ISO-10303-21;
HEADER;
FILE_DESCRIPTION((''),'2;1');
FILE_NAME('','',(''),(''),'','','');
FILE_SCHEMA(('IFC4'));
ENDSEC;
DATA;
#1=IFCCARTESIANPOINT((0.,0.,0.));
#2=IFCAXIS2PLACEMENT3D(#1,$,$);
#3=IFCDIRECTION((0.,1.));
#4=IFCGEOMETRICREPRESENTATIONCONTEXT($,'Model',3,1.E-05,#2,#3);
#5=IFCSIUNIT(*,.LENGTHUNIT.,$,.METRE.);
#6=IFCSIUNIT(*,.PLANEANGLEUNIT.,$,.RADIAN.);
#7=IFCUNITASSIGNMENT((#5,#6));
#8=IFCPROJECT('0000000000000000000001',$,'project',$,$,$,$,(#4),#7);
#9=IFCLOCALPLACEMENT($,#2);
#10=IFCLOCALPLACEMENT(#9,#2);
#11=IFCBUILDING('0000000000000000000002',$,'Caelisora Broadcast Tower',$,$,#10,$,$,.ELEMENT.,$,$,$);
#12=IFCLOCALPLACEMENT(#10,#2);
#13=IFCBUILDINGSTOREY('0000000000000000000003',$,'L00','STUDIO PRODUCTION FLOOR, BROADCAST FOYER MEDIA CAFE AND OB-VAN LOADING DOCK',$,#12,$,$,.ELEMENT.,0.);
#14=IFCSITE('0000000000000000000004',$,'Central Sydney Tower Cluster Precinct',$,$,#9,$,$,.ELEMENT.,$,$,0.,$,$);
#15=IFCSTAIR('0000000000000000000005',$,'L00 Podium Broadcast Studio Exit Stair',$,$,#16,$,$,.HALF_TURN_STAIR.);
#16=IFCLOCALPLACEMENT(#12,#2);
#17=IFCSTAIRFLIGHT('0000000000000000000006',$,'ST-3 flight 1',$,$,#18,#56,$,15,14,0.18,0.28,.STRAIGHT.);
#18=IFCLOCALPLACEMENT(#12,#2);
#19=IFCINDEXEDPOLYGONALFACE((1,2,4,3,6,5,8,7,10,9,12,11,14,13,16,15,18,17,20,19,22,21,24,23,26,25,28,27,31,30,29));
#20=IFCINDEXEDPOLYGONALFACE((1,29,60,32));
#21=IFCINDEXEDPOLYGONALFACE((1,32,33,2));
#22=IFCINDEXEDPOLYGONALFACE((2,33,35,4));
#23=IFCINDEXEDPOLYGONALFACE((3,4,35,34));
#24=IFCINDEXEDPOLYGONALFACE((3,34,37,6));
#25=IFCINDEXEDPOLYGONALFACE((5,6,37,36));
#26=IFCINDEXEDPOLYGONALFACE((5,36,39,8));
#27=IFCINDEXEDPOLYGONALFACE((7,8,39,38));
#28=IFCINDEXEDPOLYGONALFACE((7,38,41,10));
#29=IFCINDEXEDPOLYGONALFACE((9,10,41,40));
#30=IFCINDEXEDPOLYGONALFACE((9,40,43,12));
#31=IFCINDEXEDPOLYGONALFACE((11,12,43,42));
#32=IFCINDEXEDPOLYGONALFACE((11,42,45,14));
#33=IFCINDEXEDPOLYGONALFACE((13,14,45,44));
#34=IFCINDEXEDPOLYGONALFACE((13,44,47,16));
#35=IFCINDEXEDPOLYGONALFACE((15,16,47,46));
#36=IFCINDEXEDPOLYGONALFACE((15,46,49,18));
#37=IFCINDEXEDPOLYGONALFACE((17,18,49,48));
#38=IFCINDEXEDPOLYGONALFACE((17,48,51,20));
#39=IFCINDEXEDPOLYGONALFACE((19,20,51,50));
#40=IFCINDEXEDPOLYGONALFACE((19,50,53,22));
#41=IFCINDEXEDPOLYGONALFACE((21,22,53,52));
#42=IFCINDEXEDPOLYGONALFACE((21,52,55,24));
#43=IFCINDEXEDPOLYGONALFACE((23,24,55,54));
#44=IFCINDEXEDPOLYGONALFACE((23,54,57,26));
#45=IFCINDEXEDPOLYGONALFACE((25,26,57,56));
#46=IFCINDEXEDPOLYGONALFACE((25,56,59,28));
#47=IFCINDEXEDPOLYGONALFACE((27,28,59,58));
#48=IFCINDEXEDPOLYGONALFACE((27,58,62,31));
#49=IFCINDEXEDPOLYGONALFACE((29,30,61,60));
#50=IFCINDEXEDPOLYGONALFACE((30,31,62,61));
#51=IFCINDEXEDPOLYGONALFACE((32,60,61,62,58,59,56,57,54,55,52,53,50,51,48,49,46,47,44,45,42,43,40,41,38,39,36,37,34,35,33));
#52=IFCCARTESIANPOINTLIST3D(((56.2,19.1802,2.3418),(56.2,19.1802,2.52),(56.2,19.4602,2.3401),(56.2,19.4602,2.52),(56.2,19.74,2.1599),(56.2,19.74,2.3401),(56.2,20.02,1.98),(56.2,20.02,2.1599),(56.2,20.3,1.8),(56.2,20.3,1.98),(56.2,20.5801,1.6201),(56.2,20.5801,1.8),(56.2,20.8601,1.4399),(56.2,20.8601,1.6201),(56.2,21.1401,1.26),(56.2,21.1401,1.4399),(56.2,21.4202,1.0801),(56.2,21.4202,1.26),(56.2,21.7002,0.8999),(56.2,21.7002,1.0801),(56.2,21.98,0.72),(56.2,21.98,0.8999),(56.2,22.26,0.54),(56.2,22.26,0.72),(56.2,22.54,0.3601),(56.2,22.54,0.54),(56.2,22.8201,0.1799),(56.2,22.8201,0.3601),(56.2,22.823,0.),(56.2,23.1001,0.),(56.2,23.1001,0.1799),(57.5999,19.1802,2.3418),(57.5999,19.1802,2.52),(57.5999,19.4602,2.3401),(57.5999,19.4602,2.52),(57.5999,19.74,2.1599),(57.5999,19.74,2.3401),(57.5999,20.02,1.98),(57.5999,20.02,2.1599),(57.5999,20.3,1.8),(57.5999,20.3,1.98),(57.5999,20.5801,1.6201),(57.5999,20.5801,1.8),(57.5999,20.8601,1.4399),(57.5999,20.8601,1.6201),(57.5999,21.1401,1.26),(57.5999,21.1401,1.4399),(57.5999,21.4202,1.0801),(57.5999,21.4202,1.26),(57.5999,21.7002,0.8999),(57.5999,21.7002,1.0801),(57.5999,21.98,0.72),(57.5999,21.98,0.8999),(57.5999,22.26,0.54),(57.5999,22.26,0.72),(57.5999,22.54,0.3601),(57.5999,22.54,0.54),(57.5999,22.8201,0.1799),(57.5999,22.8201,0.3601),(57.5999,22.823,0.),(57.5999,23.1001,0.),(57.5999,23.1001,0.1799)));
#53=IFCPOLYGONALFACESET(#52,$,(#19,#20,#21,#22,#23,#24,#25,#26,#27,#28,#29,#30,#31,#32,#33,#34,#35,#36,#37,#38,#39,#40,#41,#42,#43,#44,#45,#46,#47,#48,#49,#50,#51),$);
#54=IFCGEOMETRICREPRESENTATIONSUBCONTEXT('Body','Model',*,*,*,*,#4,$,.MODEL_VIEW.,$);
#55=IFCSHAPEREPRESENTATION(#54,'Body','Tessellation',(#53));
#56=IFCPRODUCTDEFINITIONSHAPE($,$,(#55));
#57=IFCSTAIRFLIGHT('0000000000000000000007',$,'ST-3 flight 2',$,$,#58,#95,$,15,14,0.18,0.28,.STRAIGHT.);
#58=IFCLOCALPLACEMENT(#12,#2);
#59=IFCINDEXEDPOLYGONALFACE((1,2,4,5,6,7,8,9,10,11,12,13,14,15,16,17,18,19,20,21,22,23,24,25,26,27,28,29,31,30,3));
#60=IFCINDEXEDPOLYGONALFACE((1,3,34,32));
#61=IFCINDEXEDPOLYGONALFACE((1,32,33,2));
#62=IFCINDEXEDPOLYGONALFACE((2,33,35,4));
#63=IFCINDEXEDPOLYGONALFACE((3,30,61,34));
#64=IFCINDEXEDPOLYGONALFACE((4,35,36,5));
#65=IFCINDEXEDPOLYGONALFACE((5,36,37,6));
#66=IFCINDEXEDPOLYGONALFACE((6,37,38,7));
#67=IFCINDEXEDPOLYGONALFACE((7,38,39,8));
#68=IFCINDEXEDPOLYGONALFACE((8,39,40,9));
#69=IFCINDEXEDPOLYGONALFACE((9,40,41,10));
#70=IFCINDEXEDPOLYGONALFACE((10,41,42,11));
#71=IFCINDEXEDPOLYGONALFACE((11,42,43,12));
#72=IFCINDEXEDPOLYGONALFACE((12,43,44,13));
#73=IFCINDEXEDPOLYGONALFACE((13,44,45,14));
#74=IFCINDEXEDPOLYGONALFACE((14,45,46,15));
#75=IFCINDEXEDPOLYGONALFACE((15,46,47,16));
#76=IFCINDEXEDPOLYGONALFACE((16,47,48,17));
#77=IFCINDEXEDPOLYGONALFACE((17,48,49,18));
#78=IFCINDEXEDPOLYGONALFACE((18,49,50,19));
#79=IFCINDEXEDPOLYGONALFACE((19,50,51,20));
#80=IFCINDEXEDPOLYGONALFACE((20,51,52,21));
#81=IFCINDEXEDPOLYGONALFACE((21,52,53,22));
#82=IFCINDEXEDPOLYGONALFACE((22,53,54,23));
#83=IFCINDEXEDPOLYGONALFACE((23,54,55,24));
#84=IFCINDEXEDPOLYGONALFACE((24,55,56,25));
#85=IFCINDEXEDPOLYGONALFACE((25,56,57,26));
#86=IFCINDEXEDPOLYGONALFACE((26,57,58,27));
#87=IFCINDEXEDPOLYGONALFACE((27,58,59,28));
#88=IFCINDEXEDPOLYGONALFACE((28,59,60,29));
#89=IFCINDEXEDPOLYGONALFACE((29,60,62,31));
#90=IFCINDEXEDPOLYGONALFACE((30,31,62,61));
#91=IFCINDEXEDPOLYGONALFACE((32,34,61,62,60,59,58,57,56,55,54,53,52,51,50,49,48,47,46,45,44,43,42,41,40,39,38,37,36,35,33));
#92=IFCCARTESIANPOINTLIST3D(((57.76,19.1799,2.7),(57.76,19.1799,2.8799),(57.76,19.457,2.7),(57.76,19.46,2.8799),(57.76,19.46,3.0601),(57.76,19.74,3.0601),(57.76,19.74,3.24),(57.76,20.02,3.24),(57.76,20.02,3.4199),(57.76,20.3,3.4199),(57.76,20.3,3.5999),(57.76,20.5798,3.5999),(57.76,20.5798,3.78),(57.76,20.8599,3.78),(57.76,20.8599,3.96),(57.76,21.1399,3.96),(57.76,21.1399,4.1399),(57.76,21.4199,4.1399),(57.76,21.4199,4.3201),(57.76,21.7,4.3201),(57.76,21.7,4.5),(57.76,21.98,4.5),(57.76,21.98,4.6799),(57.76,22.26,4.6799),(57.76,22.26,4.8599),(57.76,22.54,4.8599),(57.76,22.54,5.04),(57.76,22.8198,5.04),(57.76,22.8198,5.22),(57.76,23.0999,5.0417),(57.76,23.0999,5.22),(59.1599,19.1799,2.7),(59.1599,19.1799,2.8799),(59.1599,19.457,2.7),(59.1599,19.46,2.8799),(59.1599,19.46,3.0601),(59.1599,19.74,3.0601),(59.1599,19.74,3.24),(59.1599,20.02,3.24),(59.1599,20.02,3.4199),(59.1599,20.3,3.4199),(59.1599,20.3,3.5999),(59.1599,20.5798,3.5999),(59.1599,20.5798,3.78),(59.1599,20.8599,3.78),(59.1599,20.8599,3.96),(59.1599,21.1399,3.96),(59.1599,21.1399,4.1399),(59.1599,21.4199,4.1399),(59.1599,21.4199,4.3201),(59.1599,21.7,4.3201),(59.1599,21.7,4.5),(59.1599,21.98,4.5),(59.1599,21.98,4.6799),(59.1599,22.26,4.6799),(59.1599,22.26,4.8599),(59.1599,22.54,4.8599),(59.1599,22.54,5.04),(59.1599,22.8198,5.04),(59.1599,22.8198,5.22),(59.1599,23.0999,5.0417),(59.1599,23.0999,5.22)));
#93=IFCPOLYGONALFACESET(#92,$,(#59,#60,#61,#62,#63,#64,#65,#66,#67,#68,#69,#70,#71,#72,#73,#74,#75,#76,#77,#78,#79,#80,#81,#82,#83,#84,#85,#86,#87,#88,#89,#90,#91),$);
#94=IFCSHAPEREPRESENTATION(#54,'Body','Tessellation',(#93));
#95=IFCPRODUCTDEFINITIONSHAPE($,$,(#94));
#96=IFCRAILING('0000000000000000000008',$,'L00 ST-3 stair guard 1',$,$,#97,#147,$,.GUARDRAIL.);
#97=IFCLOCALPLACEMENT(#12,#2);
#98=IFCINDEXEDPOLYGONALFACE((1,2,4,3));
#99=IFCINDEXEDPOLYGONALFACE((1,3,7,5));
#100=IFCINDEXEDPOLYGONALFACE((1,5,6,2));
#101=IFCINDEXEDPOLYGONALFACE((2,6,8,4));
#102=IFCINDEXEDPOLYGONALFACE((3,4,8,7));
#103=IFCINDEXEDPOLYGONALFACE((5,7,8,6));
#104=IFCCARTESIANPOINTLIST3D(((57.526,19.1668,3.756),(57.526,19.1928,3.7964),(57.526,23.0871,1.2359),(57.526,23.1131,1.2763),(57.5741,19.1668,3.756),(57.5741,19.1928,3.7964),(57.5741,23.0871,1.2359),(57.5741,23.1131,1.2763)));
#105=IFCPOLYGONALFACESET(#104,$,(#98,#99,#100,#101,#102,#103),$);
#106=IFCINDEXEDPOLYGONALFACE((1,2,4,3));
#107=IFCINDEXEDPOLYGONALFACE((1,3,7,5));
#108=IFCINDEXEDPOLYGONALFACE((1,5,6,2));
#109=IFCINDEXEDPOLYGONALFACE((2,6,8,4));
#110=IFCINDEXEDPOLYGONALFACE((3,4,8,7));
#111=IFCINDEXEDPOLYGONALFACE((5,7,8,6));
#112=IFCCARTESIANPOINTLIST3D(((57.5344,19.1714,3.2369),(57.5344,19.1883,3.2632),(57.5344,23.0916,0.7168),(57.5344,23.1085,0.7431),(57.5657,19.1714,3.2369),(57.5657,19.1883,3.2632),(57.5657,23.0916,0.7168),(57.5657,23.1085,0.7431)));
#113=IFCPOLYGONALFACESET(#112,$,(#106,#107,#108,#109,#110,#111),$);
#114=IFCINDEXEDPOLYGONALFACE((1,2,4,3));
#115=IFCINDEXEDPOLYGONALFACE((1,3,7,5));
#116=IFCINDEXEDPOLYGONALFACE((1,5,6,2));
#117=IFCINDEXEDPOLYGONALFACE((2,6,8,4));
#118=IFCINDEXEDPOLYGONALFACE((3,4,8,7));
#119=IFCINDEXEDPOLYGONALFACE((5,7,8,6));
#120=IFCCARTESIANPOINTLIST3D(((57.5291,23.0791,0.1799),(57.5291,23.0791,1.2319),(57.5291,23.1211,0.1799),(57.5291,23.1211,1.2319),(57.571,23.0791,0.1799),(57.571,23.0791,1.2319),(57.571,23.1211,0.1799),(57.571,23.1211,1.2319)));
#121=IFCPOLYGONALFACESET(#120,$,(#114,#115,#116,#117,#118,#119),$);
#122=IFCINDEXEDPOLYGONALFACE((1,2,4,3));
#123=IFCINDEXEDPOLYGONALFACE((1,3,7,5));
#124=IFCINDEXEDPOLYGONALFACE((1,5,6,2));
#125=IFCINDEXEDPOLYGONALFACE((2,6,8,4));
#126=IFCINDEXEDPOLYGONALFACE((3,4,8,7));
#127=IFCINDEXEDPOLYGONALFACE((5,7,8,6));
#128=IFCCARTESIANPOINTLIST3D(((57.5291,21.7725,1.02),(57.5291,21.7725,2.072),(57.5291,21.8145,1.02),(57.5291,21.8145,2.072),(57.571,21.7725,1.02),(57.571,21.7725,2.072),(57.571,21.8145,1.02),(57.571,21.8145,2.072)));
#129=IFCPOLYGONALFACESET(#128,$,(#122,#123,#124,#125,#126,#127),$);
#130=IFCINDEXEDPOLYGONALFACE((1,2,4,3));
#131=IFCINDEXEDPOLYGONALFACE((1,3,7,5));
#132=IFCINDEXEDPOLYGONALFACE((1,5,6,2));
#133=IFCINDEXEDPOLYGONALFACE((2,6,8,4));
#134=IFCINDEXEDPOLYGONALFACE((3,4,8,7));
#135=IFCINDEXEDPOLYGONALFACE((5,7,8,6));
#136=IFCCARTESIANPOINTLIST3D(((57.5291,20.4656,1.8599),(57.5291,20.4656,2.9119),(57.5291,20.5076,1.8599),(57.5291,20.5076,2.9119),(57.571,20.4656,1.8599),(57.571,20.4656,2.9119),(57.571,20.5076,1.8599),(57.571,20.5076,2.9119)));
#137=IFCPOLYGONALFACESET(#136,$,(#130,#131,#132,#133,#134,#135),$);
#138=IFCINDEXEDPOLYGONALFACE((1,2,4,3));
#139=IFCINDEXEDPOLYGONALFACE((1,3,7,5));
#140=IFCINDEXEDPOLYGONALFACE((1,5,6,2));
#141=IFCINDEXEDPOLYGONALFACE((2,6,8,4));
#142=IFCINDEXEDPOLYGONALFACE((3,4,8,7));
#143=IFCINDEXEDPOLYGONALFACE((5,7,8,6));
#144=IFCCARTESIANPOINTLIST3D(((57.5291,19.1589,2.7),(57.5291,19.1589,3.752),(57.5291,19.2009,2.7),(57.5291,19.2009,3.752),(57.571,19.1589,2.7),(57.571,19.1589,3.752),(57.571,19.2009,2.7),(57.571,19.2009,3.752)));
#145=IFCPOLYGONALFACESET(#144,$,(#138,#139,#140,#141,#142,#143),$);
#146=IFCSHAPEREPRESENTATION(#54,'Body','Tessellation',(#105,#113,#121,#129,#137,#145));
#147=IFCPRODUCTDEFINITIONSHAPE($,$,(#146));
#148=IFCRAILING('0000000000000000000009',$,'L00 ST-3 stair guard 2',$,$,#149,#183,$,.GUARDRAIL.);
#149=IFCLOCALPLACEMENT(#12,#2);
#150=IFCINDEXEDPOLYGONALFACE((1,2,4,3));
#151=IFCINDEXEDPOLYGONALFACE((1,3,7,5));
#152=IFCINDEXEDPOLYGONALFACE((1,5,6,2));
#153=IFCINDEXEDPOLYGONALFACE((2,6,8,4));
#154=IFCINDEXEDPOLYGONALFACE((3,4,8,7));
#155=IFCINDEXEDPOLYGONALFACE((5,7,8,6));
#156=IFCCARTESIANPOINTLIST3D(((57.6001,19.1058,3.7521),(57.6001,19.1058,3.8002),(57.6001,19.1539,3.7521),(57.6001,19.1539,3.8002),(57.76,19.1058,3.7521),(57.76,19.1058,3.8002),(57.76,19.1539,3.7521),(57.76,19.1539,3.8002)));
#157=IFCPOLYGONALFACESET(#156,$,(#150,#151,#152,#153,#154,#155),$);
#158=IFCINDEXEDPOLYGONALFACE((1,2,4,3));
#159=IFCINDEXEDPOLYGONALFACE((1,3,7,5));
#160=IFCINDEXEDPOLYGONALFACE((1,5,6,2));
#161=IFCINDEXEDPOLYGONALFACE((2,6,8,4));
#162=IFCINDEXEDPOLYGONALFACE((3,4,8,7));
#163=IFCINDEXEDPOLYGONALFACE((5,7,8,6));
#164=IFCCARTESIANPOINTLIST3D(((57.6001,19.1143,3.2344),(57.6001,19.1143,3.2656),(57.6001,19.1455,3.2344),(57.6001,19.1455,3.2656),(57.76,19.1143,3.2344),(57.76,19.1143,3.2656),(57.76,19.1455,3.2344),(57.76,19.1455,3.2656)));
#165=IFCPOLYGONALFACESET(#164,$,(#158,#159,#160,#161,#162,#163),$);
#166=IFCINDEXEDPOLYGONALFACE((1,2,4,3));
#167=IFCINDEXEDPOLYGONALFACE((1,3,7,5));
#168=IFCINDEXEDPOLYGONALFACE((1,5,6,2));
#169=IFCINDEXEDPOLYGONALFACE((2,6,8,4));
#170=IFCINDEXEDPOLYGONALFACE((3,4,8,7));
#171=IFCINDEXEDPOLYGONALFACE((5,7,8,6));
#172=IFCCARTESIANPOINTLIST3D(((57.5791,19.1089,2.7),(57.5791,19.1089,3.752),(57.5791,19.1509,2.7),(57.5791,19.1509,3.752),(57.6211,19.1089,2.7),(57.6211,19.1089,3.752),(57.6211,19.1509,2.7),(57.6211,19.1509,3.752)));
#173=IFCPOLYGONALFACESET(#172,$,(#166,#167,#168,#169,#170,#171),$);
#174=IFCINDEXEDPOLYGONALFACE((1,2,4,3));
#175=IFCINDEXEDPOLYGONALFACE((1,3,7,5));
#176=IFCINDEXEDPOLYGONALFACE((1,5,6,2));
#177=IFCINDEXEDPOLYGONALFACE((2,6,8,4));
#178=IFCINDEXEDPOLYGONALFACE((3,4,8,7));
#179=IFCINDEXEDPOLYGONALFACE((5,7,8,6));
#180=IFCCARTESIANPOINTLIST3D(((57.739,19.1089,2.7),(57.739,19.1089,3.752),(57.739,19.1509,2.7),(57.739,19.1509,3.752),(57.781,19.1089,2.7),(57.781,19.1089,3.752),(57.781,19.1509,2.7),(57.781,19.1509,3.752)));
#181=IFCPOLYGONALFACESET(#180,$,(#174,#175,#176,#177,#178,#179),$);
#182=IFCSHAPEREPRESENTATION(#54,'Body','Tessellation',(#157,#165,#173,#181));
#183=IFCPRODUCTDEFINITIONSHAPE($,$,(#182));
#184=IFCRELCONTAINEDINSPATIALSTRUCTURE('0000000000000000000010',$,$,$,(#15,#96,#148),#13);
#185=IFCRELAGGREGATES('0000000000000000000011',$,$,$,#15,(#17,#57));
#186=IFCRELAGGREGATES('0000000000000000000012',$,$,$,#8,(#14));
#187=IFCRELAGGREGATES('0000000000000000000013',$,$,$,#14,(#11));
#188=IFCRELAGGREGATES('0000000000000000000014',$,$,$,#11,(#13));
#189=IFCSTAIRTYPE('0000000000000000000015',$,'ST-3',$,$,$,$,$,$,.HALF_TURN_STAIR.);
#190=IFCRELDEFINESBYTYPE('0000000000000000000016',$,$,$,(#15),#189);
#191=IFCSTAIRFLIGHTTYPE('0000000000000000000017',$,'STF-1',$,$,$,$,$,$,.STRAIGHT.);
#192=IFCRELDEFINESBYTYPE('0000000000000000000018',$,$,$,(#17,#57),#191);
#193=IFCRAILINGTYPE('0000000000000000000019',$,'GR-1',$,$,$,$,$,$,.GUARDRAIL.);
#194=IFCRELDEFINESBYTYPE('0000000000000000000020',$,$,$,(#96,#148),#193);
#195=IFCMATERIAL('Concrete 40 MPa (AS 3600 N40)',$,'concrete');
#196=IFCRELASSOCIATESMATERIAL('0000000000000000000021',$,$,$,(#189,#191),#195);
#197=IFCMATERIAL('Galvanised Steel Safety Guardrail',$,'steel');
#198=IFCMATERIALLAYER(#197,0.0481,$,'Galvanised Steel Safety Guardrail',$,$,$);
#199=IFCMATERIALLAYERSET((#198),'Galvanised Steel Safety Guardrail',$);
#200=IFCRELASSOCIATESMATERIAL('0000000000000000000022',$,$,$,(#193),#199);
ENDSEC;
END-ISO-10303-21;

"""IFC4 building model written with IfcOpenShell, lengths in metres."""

from ifc_helpers import new_model, si_unit, direction, frame, origin, origin_2d, place, context, subcontext, project, spatial, polyline, rectangle, outline, extrude, material, layer, layer_set, type_object, element, aggregate, save


model = new_model("IFC4")

# Units and contexts
model_context = context("Model", 3, precision=1e-05, world=origin(), true_north=direction((0.0, 1.0)))
body_context = subcontext(model_context, "Body", "Model", "MODEL_VIEW")
ifc_project = project(units=[si_unit("LENGTHUNIT", "METRE"), si_unit("PLANEANGLEUNIT", "RADIAN")], contexts=[model_context])

# Site, building, storey
site_placement = place(None, origin())
site = spatial("IfcSite", under=ifc_project, at=site_placement, Name="Central Sydney Tower Cluster Precinct", CompositionType="ELEMENT", RefElevation=0.0)
building_placement = place(site_placement, origin())
building = spatial("IfcBuilding", under=site, at=building_placement, Name="Caelisora Broadcast Tower", CompositionType="ELEMENT")
storey_placement = place(building_placement, origin())
storey = spatial("IfcBuildingStorey", under=building, at=storey_placement, Name="L00", Description="STUDIO PRODUCTION FLOOR, BROADCAST FOYER MEDIA CAFE AND OB-VAN LOADING DOCK", CompositionType="ELEMENT", Elevation=0.0)

# Stair, stair flights
ifc_material_1 = material(Name="Concrete 40 MPa (AS 3600 N40)", Category="concrete")
stair_type = type_object("IfcStairType", Name="ST-3", PredefinedType="HALF_TURN_STAIR", material=ifc_material_1)
stair_placement = place(storey_placement, origin())
stair = element("IfcStair", 1, at=stair_placement, inside=storey, type_object=stair_type, Name="L00 Podium Broadcast Studio Exit Stair", PredefinedType="HALF_TURN_STAIR")
stair_flight_type = type_object("IfcStairFlightType", Name="STF-1", PredefinedType="STRAIGHT", material=ifc_material_1)
stair_flight_1_placement = place(storey_placement, frame((56.8999, 23.1001, 0.0), z_axis=(0.0, 0.0, 1.0), x_axis=(0.0, -1.0, 0.0)))
stair_flight_1 = element("IfcStairFlight", 2, at=stair_flight_1_placement, type_object=stair_flight_type, Name="ST-3 flight 1", NumberOfRisers=15, NumberOfTreads=14, PredefinedType="STRAIGHT", RiserHeight=0.18, TreadLength=0.28, context=body_context, shape_type="SweptSolid", body=[
    extrude(outline(polyline([(0.0, 0.0), (0.0, 0.1799), (0.28, 0.1799), (0.28, 0.3601), (0.5601, 0.3601), (0.5601, 0.54), (0.8401, 0.54), (0.8401, 0.72), (1.1201, 0.72), (1.1201, 0.8999), (1.3999, 0.8999), (1.3999, 1.0801), (1.6799, 1.0801), (1.6799, 1.26), (1.96, 1.26), (1.96, 1.4399), (2.24, 1.4399), (2.24, 1.6201), (2.52, 1.6201), (2.52, 1.8), (2.8, 1.8), (2.8, 1.98), (3.0801, 1.98), (3.0801, 2.1599), (3.3601, 2.1599), (3.3601, 2.3401), (3.6399, 2.3401), (3.6399, 2.52), (3.9199, 2.52), (3.9199, 2.7), (3.9199, 2.3418), (0.2771, 0.0), (0.0, 0.0)])), frame((0.0, 0.7, 0.0), z_axis=(0.0, -1.0, 0.0), x_axis=(1.0, 0.0, 0.0)), (0.0, 0.0, 1.0), 1.3999),
])
stair_flight_2_placement = place(storey_placement, frame((58.46, 19.1799, 2.7), z_axis=(0.0, 0.0, 1.0), x_axis=(0.0, 1.0, 0.0)))
stair_flight_2 = element("IfcStairFlight", 3, at=stair_flight_2_placement, type_object=stair_flight_type, Name="ST-3 flight 2", NumberOfRisers=15, NumberOfTreads=14, PredefinedType="STRAIGHT", RiserHeight=0.18, TreadLength=0.28, context=body_context, shape_type="SweptSolid", body=[
    extrude(outline(polyline([(0.0, 0.0), (0.0, 0.1799), (0.28, 0.1799), (0.28, 0.3601), (0.5601, 0.3601), (0.5601, 0.54), (0.8401, 0.54), (0.8401, 0.72), (1.1201, 0.72), (1.1201, 0.8999), (1.3999, 0.8999), (1.3999, 1.0801), (1.6799, 1.0801), (1.6799, 1.26), (1.96, 1.26), (1.96, 1.4399), (2.24, 1.4399), (2.24, 1.6201), (2.52, 1.6201), (2.52, 1.8), (2.8, 1.8), (2.8, 1.98), (3.0801, 1.98), (3.0801, 2.1599), (3.3601, 2.1599), (3.3601, 2.3401), (3.6399, 2.3401), (3.6399, 2.52), (3.9199, 2.52), (3.9199, 2.7), (3.9199, 2.3418), (0.2771, 0.0), (0.0, 0.0)])), frame((0.0, 0.7, 0.0), z_axis=(0.0, -1.0, 0.0), x_axis=(1.0, 0.0, 0.0)), (0.0, 0.0, 1.0), 1.3999),
])
aggregate(stair, [stair_flight_1, stair_flight_2])

# Railings
ifc_material_2 = material(Name="Galvanised Steel Safety Guardrail", Category="steel")
ifc_layer_1 = layer(ifc_material_2, 0.0481, Name="Galvanised Steel Safety Guardrail")
ifc_layer_set_1 = layer_set([ifc_layer_1], Name="Galvanised Steel Safety Guardrail")
railing_type_1 = type_object("IfcRailingType", Name="GR-1", PredefinedType="GUARDRAIL", material=ifc_layer_set_1)
railing_1_placement = place(storey_placement, frame((57.55, 23.1001, 0.1799)))
element("IfcRailing", 4, at=railing_1_placement, inside=storey, type_object=railing_type_1, Name="L00 ST-3 stair guard 1", PredefinedType="GUARDRAIL", context=body_context, shape_type="SweptSolid", body=[
    extrude(rectangle(XDim=0.0481, YDim=0.0481, at=origin_2d()), frame((0.0, 0.0, 1.0762), z_axis=(0.0, -0.841187, 0.540744), x_axis=(1.0, 0.0, 0.0)), (0.0, 0.0, 1.0), 4.6604),
    extrude(rectangle(XDim=0.0312, YDim=0.0312, at=origin_2d()), frame((0.0, 0.0, 0.55), z_axis=(0.0, -0.841187, 0.540744), x_axis=(1.0, 0.0, 0.0)), (0.0, 0.0, 1.0), 4.6604),
    extrude(rectangle(XDim=0.042, YDim=0.042, at=origin_2d()), origin(), (0.0, 0.0, 1.0), 1.052),
    extrude(rectangle(XDim=0.042, YDim=0.042, at=origin_2d()), frame((0.0, -1.3066, 0.8401)), (0.0, 0.0, 1.0), 1.052),
    extrude(rectangle(XDim=0.042, YDim=0.042, at=origin_2d()), frame((0.0, -2.6135, 1.6799)), (0.0, 0.0, 1.0), 1.052),
    extrude(rectangle(XDim=0.042, YDim=0.042, at=origin_2d()), frame((0.0, -3.9202, 2.52)), (0.0, 0.0, 1.0), 1.052),
])
railing_2_placement = place(storey_placement, frame((57.6001, 19.1299, 2.7)))
element("IfcRailing", 5, at=railing_2_placement, inside=storey, type_object=railing_type_1, Name="L00 ST-3 stair guard 2", PredefinedType="GUARDRAIL", context=body_context, shape_type="SweptSolid", body=[
    extrude(rectangle(XDim=0.0481, YDim=0.0481, at=origin_2d()), frame((0.0, 0.0, 1.0762), z_axis=(1.0, 0.0, 0.0), x_axis=(0.0, 1.0, 0.0)), (0.0, 0.0, 1.0), 0.1599),
    extrude(rectangle(XDim=0.0312, YDim=0.0312, at=origin_2d()), frame((0.0, 0.0, 0.55), z_axis=(1.0, 0.0, 0.0), x_axis=(0.0, 1.0, 0.0)), (0.0, 0.0, 1.0), 0.1599),
    extrude(rectangle(XDim=0.042, YDim=0.042, at=origin_2d()), origin(), (0.0, 0.0, 1.0), 1.052),
    extrude(rectangle(XDim=0.042, YDim=0.042, at=origin_2d()), frame((0.1599, 0.0, 0.0)), (0.0, 0.0, 1.0), 1.052),
])

save(model, "model.ifc")
